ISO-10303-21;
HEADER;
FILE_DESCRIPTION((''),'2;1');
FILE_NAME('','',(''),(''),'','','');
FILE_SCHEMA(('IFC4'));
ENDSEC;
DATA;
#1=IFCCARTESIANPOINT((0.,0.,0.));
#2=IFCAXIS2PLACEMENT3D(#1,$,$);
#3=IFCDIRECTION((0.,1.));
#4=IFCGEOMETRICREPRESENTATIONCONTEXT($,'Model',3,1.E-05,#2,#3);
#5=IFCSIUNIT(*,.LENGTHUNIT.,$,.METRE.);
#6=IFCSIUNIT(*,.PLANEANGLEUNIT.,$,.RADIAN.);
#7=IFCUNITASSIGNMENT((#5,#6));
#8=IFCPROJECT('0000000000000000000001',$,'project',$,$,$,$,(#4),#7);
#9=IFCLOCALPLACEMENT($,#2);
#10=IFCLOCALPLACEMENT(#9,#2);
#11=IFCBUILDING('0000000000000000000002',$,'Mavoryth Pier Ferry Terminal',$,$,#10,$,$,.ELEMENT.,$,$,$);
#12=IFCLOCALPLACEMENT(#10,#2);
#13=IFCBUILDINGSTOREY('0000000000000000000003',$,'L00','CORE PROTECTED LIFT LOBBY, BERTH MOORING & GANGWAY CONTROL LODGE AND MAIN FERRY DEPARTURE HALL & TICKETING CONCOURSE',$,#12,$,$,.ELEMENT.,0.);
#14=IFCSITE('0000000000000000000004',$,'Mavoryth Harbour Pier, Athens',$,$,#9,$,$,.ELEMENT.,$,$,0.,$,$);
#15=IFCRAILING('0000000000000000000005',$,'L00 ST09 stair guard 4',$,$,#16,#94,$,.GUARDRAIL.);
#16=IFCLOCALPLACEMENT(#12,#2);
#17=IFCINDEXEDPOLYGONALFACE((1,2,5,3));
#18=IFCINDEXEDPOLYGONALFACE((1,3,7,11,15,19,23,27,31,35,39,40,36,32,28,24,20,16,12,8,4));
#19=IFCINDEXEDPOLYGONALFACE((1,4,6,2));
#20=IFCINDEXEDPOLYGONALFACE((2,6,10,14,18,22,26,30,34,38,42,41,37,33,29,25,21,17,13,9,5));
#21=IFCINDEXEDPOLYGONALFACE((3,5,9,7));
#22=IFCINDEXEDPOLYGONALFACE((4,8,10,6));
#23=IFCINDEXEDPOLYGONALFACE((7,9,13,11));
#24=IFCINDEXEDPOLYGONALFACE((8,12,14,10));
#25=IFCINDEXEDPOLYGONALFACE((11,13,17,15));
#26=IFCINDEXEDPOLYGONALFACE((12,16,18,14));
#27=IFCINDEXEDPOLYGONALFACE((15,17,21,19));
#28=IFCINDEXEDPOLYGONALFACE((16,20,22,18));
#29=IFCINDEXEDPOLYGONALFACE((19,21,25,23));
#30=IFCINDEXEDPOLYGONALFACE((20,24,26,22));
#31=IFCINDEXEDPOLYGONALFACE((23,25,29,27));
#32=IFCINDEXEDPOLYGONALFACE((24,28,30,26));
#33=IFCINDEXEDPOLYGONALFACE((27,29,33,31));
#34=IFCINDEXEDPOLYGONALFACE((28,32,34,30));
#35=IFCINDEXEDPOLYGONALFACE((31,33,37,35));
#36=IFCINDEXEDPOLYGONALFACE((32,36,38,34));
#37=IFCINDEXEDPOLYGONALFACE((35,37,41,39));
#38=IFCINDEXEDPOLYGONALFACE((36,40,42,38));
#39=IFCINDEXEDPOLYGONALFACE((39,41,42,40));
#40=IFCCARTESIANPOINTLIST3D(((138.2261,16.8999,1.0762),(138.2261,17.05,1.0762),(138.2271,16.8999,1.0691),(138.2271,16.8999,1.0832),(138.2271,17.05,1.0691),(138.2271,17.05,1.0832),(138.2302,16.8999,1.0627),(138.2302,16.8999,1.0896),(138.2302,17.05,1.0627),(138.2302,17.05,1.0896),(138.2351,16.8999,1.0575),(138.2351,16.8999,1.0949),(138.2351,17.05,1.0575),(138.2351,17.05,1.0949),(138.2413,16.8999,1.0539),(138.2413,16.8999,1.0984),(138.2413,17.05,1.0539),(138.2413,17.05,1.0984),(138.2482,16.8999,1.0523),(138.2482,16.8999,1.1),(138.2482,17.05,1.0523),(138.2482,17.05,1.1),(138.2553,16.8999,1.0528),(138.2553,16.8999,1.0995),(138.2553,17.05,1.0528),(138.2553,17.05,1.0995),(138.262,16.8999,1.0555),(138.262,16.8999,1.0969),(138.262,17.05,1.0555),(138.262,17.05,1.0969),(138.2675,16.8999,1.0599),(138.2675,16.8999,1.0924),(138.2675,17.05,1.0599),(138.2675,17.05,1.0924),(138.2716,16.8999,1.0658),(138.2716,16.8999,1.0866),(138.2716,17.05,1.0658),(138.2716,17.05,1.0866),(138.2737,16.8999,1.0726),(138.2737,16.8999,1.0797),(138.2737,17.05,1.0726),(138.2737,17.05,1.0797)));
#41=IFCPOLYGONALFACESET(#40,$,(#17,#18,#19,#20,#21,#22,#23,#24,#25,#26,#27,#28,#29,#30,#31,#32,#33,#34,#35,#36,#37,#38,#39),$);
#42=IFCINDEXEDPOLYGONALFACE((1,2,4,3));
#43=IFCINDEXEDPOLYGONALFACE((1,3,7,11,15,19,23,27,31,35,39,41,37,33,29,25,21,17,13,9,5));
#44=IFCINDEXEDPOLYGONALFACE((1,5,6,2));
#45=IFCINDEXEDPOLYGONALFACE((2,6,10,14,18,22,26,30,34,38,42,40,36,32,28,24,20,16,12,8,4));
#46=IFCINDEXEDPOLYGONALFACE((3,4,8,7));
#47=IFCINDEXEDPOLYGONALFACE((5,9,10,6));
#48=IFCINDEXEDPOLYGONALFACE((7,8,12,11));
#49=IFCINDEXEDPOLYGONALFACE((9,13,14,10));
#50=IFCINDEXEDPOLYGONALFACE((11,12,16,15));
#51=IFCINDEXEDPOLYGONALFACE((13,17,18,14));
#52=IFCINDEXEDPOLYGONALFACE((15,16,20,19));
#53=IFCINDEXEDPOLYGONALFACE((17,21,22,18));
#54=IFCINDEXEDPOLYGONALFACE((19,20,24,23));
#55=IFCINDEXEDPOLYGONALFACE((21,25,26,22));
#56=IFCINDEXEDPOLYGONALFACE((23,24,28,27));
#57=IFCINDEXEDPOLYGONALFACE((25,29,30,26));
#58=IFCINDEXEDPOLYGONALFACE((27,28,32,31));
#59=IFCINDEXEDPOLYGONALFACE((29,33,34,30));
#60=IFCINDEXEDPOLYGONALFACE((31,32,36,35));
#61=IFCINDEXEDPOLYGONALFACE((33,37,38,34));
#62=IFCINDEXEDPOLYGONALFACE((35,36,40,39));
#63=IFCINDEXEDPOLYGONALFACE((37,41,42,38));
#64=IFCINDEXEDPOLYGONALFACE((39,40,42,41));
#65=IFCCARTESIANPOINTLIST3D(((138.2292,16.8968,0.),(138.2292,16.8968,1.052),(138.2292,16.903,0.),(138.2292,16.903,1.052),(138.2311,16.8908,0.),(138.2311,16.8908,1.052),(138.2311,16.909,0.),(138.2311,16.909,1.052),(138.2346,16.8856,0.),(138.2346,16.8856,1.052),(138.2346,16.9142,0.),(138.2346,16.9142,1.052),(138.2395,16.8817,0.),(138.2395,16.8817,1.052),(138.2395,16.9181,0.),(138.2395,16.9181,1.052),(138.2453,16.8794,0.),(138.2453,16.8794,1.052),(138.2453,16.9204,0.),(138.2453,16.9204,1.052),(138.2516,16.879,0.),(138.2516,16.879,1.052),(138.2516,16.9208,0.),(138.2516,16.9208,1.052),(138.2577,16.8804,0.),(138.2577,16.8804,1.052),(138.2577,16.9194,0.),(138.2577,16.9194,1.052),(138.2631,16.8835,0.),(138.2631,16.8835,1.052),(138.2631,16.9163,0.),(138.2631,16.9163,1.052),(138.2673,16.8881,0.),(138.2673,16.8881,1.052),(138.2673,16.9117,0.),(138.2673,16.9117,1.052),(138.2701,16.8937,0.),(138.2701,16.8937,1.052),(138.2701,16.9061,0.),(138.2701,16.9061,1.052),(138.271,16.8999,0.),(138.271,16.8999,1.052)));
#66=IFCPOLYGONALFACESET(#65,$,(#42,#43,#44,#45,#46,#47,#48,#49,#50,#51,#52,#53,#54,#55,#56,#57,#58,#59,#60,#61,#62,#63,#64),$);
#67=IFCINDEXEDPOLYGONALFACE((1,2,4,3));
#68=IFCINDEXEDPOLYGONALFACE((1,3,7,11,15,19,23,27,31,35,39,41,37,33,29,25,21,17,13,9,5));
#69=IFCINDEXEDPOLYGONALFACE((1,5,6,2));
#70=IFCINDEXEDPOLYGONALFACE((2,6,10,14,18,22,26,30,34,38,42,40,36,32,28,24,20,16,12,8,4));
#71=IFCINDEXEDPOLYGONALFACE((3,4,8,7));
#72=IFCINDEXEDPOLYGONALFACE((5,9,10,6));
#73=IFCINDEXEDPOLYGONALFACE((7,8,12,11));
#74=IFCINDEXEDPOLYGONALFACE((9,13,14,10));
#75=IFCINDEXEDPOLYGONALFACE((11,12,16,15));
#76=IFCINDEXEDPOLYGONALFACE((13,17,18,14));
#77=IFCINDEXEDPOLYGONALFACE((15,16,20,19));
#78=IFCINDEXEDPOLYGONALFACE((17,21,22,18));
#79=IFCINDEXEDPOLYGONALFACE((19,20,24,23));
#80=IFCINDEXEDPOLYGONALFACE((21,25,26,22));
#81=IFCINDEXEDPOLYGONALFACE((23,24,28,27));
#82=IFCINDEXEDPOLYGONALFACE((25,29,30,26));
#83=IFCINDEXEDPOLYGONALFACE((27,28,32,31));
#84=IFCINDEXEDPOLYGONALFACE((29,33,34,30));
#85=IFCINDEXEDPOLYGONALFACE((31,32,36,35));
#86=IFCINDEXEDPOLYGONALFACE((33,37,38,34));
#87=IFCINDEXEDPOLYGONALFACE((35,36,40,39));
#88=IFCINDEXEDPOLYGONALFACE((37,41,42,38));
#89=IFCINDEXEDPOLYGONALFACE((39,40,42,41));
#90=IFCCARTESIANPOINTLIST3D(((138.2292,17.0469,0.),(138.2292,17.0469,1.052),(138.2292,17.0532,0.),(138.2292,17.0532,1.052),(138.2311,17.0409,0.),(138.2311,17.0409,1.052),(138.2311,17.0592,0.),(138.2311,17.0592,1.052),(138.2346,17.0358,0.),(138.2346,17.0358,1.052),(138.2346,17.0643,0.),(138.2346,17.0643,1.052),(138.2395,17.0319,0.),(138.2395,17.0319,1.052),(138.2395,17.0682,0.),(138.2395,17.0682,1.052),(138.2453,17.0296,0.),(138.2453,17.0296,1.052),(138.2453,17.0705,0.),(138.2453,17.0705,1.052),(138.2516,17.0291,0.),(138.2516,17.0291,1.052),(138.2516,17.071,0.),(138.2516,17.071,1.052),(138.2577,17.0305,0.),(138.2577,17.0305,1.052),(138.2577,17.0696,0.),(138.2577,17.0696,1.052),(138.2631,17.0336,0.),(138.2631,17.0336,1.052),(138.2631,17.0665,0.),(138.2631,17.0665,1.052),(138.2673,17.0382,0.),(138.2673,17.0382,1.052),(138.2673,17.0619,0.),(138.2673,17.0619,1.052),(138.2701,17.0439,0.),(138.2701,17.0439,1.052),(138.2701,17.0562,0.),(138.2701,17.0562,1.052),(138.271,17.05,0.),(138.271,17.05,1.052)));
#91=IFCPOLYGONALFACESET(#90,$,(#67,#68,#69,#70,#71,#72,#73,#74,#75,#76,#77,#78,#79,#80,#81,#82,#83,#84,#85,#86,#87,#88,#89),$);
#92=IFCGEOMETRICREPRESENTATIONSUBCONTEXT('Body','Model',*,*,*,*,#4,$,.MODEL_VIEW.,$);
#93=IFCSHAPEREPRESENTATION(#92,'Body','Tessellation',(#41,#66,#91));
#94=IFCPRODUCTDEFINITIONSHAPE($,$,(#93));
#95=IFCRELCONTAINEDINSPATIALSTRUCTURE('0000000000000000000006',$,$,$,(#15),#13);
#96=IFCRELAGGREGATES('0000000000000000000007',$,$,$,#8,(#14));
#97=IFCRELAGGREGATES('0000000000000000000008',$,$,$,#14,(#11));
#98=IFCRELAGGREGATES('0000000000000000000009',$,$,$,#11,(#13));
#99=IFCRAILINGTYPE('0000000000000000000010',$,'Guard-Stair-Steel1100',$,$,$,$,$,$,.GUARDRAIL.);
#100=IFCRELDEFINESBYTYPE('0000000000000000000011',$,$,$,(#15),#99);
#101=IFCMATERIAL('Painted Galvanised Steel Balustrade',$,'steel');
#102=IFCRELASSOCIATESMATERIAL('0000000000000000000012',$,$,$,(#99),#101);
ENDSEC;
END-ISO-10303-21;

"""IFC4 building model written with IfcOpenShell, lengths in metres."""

from ifc_helpers import new_model, si_unit, direction, frame, origin, origin_2d, place, context, subcontext, project, spatial, circle, extrude, material, type_object, element, save


model = new_model("IFC4")

# Units and contexts
model_context = context("Model", 3, precision=1e-05, world=origin(), true_north=direction((0.0, 1.0)))
body_context = subcontext(model_context, "Body", "Model", "MODEL_VIEW")
ifc_project = project(units=[si_unit("LENGTHUNIT", "METRE"), si_unit("PLANEANGLEUNIT", "RADIAN")], contexts=[model_context])

# Site, building, storey
site_placement = place(None, origin())
site = spatial("IfcSite", under=ifc_project, at=site_placement, Name="Mavoryth Harbour Pier, Athens", CompositionType="ELEMENT", RefElevation=0.0)
building_placement = place(site_placement, origin())
building = spatial("IfcBuilding", under=site, at=building_placement, Name="Mavoryth Pier Ferry Terminal", CompositionType="ELEMENT")
storey_placement = place(building_placement, origin())
storey = spatial("IfcBuildingStorey", under=building, at=storey_placement, Name="L00", Description="CORE PROTECTED LIFT LOBBY, BERTH MOORING & GANGWAY CONTROL LODGE AND MAIN FERRY DEPARTURE HALL & TICKETING CONCOURSE", CompositionType="ELEMENT", Elevation=0.0)

# Railing
ifc_material_1 = material(Name="Painted Galvanised Steel Balustrade", Category="steel")
railing_type_1 = type_object("IfcRailingType", Name="Guard-Stair-Steel1100", PredefinedType="GUARDRAIL", material=ifc_material_1)
railing_1_placement = place(storey_placement, frame((138.25, 16.8999, 0.0)))
element("IfcRailing", 1, at=railing_1_placement, inside=storey, type_object=railing_type_1, Name="L00 ST09 stair guard 4", PredefinedType="GUARDRAIL", context=body_context, shape_type="SweptSolid", body=[
    extrude(circle(Radius=0.0239, at=origin_2d()), frame((0.0, 0.0, 1.0762), z_axis=(0.0, 1.0, 0.0), x_axis=(-1.0, 0.0, 0.0)), (0.0, 0.0, 1.0), 0.1501),
    extrude(circle(Radius=0.021, at=origin_2d()), origin(), (0.0, 0.0, 1.0), 1.052),
    extrude(circle(Radius=0.021, at=origin_2d()), frame((0.0, 0.1501, 0.0)), (0.0, 0.0, 1.0), 1.052),
])

save(model, "model.ifc")
